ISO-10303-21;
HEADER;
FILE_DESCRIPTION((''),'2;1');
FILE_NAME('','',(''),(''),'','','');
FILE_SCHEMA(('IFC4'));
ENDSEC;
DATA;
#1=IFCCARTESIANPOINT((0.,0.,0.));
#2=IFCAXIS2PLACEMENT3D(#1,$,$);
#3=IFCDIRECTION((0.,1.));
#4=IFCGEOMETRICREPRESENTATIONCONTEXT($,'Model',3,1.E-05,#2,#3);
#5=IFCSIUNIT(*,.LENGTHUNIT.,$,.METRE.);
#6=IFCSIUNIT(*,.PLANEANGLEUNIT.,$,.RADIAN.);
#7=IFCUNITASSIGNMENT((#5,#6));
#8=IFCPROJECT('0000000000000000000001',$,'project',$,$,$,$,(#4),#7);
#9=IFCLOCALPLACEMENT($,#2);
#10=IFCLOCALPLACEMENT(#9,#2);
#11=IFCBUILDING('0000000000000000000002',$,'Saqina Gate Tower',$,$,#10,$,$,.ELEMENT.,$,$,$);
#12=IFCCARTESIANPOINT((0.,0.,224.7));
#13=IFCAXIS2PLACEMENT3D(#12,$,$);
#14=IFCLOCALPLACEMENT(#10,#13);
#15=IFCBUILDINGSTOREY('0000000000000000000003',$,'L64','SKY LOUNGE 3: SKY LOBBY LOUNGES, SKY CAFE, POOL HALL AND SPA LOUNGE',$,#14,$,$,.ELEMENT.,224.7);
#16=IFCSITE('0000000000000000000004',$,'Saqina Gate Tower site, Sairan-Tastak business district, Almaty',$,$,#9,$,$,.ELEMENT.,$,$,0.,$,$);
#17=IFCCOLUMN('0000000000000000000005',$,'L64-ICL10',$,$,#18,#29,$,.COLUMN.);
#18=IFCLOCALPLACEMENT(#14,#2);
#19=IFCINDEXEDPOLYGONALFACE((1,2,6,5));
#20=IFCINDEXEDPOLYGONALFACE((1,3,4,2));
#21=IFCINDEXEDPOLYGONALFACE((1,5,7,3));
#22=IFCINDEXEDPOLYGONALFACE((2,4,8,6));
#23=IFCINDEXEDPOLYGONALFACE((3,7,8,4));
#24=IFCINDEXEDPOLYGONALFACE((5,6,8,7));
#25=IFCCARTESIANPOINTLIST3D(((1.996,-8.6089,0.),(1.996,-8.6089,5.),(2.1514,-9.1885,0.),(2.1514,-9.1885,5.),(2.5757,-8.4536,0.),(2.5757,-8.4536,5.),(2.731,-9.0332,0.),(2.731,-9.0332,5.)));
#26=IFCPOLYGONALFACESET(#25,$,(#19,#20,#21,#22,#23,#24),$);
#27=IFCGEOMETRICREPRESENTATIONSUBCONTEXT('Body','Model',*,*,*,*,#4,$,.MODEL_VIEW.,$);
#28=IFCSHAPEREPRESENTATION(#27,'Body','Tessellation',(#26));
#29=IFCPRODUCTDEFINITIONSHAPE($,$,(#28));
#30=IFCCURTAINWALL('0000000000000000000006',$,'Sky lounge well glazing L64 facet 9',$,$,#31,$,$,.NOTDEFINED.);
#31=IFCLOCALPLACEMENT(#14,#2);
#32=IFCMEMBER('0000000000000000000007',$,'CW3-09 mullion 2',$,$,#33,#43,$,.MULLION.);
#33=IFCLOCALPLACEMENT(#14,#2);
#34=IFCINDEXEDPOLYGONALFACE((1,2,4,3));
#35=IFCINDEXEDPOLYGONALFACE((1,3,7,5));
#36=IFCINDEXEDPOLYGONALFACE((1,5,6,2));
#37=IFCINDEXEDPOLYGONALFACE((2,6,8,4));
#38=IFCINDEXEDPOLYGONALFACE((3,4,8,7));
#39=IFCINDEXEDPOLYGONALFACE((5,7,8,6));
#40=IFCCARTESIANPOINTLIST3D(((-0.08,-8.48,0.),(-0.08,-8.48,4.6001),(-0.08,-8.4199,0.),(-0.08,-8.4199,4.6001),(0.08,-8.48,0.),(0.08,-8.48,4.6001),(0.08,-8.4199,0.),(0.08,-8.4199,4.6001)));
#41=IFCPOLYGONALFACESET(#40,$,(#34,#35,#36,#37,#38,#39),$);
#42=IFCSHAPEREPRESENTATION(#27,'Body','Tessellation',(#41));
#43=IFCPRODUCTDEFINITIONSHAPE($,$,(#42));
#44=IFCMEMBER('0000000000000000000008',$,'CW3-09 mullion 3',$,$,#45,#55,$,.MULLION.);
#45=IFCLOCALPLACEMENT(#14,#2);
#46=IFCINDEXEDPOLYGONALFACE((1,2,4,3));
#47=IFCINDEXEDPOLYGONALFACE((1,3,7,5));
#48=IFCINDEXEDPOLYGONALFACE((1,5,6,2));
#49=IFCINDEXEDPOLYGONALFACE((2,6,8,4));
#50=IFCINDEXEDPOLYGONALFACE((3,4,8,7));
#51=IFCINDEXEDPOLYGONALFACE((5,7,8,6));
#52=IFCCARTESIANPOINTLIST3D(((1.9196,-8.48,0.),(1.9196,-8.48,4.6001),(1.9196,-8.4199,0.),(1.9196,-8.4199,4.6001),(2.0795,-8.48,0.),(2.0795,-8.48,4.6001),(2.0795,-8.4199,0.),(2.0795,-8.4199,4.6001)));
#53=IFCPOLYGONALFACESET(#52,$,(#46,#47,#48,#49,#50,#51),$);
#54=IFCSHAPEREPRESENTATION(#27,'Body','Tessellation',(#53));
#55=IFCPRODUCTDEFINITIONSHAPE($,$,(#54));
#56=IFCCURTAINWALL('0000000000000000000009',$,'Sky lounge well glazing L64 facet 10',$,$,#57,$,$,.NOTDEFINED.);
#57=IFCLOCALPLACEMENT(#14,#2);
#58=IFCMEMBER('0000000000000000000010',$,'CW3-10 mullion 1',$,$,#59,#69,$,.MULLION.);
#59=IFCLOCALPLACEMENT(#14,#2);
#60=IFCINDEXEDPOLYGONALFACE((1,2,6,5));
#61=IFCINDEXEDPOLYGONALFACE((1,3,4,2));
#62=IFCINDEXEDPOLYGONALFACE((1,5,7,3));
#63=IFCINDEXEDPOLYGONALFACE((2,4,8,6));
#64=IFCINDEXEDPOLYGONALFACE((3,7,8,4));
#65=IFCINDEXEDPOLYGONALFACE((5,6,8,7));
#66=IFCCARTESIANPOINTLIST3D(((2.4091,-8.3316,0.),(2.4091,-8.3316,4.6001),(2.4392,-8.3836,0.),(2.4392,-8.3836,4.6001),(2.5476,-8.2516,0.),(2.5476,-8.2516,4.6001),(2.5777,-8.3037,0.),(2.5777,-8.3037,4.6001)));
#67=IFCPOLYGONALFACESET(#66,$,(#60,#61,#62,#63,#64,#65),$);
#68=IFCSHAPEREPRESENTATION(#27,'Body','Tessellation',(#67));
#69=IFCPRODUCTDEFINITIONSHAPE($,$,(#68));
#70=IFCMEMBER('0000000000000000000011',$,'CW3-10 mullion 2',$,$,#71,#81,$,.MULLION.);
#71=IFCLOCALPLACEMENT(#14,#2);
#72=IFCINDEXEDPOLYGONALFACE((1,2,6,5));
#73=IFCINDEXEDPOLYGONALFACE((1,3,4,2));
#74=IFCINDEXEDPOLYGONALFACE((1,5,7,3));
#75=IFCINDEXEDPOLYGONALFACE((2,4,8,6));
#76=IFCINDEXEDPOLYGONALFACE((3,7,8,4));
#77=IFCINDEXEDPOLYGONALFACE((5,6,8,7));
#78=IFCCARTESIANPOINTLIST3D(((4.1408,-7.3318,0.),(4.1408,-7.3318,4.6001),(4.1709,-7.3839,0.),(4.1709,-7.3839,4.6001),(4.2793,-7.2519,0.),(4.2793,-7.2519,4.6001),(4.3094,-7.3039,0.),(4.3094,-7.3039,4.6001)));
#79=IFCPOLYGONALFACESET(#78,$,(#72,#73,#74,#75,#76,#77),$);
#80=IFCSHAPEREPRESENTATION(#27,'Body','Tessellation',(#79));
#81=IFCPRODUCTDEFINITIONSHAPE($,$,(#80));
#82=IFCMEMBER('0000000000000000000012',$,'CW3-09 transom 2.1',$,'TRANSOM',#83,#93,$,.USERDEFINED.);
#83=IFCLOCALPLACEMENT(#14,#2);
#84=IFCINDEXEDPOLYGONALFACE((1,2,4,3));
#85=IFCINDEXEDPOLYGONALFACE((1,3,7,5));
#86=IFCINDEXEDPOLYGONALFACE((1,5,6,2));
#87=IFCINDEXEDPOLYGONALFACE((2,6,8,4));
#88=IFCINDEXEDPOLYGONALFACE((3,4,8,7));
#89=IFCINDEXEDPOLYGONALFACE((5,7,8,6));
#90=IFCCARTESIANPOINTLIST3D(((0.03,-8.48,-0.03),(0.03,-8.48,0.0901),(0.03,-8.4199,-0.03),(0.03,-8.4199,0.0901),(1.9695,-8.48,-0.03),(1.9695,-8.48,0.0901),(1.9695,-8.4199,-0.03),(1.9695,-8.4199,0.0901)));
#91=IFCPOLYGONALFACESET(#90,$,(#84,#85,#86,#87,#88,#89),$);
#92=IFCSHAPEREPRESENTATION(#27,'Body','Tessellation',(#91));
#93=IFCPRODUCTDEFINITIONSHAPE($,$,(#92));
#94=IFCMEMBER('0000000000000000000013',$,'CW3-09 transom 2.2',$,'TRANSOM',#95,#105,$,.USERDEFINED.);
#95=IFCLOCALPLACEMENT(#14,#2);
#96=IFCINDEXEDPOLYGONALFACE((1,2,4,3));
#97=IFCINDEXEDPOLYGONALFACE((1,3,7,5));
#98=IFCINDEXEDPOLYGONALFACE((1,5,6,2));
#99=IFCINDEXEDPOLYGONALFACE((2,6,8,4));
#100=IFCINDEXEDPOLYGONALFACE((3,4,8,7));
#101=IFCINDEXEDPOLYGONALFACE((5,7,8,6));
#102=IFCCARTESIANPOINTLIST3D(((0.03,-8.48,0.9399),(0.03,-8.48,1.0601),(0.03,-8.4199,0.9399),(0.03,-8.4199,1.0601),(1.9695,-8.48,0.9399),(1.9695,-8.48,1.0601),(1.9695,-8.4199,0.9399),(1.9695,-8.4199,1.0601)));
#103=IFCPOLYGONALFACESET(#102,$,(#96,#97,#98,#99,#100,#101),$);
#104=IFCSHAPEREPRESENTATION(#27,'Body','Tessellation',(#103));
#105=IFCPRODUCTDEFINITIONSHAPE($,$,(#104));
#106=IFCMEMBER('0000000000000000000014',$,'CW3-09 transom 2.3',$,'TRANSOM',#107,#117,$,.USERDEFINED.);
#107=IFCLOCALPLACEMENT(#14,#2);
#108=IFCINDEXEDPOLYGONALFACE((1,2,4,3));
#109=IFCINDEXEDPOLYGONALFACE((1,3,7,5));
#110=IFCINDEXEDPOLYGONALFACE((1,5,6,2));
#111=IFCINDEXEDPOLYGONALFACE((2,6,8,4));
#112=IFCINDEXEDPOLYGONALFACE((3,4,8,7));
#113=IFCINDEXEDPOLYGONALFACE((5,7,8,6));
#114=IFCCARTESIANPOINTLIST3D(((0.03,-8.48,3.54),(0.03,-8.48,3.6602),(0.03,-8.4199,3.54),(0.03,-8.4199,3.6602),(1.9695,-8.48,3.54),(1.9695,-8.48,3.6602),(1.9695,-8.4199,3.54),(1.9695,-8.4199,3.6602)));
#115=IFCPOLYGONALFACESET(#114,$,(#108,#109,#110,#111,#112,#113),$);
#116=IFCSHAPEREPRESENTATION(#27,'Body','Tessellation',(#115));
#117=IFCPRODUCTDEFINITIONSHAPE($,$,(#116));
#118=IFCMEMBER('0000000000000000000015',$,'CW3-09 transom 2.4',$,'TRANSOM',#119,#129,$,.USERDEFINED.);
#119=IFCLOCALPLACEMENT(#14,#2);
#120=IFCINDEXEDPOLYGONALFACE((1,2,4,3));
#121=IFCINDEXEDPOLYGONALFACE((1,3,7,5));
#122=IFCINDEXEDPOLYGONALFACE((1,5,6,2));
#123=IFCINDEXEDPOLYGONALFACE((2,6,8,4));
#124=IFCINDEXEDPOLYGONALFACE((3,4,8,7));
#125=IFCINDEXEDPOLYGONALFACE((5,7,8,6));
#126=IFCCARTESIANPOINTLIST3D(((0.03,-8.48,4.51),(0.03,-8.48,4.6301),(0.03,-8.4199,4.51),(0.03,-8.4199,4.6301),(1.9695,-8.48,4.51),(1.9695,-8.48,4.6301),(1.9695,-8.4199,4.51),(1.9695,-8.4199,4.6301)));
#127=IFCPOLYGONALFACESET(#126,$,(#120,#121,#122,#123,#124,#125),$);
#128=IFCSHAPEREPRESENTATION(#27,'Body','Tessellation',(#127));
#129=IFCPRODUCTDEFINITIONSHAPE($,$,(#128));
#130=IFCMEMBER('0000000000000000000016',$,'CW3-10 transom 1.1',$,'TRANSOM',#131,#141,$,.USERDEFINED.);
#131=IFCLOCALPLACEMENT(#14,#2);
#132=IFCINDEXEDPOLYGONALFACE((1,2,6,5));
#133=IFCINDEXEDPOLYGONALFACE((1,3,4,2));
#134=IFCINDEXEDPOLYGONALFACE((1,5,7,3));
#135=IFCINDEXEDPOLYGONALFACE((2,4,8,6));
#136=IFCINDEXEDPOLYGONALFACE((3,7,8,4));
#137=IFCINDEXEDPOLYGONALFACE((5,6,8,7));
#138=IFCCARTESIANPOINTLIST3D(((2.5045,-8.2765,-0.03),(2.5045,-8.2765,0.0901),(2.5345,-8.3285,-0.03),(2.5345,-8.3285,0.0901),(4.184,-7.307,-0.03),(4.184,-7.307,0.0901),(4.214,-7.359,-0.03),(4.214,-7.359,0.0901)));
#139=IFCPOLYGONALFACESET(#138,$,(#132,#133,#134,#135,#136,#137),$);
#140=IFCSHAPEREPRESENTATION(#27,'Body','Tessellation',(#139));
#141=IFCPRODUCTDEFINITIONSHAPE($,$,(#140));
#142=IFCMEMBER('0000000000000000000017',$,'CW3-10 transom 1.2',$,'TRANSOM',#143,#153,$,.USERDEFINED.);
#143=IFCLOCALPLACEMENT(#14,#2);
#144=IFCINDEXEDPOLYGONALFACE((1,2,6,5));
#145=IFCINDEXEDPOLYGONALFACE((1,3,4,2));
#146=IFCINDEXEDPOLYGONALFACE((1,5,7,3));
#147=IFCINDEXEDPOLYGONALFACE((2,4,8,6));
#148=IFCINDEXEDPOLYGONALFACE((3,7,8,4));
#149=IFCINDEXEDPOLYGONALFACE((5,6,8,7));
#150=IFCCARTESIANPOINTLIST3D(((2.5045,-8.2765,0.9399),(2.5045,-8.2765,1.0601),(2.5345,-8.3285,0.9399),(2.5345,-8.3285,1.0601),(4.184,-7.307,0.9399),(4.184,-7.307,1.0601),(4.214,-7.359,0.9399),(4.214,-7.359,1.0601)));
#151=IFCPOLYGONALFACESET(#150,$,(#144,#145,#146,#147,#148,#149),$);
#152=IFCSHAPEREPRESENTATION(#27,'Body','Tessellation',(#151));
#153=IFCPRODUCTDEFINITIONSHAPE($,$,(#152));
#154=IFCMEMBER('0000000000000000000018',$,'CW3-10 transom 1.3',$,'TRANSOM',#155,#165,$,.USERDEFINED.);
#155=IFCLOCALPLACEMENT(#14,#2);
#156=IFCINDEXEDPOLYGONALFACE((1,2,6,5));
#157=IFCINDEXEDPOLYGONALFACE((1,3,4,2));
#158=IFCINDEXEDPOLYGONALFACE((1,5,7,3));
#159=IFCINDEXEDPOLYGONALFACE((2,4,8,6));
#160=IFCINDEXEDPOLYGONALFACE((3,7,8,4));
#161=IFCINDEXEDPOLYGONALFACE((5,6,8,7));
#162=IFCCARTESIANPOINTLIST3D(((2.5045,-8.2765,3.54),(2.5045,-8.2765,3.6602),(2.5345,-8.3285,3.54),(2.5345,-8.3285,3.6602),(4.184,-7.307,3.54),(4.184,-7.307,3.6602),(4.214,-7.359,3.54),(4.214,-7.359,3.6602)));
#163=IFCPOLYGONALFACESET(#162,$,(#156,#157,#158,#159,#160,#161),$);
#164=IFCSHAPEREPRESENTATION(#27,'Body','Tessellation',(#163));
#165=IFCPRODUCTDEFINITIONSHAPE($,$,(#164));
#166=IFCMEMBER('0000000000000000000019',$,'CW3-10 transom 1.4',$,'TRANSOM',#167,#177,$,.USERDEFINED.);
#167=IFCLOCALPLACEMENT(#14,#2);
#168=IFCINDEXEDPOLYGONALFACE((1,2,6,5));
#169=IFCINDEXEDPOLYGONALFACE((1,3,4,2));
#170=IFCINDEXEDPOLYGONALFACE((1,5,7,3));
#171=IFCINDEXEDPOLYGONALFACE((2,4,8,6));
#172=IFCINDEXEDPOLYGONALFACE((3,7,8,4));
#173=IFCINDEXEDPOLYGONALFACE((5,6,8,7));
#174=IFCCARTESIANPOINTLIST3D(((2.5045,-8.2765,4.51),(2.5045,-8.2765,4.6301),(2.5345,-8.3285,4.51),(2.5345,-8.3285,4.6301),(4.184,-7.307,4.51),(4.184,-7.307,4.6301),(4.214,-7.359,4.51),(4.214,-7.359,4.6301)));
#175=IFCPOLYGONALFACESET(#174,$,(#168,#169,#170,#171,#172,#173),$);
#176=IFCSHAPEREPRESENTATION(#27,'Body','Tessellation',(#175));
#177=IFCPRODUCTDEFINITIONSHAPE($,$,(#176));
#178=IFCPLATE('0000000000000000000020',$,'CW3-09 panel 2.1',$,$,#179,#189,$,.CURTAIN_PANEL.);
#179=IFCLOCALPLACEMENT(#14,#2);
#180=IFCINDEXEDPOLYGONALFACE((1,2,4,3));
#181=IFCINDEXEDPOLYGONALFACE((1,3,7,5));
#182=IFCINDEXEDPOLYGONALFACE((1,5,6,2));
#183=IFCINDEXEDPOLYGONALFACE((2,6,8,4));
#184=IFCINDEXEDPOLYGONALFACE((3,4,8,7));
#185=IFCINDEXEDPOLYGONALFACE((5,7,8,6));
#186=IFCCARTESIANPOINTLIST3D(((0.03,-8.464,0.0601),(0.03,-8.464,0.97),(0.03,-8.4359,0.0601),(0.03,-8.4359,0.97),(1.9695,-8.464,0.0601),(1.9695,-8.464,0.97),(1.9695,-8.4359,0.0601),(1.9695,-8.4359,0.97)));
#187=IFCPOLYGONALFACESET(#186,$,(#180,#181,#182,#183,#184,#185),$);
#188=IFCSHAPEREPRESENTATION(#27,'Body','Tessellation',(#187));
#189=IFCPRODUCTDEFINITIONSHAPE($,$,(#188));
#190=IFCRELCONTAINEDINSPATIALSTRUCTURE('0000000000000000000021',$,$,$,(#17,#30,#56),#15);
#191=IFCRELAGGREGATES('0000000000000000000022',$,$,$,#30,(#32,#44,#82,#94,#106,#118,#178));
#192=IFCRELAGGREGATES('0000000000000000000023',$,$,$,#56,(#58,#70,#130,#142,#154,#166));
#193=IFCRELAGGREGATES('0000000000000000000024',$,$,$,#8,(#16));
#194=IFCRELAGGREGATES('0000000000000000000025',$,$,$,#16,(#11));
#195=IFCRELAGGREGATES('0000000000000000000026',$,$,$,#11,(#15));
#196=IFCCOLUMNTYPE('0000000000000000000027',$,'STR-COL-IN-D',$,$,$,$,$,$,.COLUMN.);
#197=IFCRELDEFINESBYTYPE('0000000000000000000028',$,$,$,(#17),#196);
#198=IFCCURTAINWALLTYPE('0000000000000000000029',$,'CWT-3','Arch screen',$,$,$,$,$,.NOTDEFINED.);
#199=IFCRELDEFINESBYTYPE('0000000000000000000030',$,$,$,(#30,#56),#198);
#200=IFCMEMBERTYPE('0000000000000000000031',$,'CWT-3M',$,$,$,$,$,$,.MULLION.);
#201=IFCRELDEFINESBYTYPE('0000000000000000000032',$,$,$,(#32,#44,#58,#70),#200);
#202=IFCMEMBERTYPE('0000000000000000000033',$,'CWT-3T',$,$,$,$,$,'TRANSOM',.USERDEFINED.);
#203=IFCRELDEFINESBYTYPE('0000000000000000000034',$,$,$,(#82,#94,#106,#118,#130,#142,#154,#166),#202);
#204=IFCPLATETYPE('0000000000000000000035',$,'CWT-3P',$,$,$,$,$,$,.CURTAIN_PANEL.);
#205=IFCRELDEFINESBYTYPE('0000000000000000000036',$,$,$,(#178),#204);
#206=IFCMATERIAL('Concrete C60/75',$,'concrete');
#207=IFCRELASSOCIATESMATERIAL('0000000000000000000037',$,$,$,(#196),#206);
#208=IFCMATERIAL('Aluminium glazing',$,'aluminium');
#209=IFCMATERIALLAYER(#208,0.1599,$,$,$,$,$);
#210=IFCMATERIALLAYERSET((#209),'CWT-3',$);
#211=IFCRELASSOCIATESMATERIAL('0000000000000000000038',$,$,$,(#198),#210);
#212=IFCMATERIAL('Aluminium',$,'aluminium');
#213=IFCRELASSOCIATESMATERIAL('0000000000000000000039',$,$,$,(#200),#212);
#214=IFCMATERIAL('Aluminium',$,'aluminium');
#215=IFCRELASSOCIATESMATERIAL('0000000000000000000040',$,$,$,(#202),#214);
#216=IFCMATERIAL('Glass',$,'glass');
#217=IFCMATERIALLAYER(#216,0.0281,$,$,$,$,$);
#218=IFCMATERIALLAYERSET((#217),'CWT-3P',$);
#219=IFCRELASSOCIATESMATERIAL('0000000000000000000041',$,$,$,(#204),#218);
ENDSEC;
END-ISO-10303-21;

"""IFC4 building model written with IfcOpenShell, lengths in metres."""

from ifc_helpers import new_model, si_unit, direction, frame, origin, origin_2d, place, context, subcontext, project, spatial, rectangle, extrude, material, layer, layer_set, material_profile, profile_set, type_object, element, aggregate, save


model = new_model("IFC4")

# Units and contexts
model_context = context("Model", 3, precision=1e-05, world=origin(), true_north=direction((0.0, 1.0)))
body_context = subcontext(model_context, "Body", "Model", "MODEL_VIEW")
ifc_project = project(units=[si_unit("LENGTHUNIT", "METRE"), si_unit("PLANEANGLEUNIT", "RADIAN")], contexts=[model_context])

# Site, building, storey
site_placement = place(None, origin())
site = spatial("IfcSite", under=ifc_project, at=site_placement, Name="Saqina Gate Tower site, Sairan-Tastak business district, Almaty", CompositionType="ELEMENT", RefElevation=0.0)
building_placement = place(site_placement, origin())
building = spatial("IfcBuilding", under=site, at=building_placement, Name="Saqina Gate Tower", CompositionType="ELEMENT")
storey_placement = place(building_placement, frame((0.0, 0.0, 224.7)))
storey = spatial("IfcBuildingStorey", under=building, at=storey_placement, Name="L64", Description="SKY LOUNGE 3: SKY LOBBY LOUNGES, SKY CAFE, POOL HALL AND SPA LOUNGE", CompositionType="ELEMENT", Elevation=224.7)

# Column
ifc_material_1 = material(Name="Concrete C60/75", Category="concrete")
ifc_material_profile_1 = material_profile(ifc_material_1, rectangle(XDim=0.6001, YDim=0.6001, at=origin_2d()), Name="RC 600x600")
ifc_profile_set_1 = profile_set([ifc_material_profile_1], Name="Concrete C60/75")
column_type = type_object("IfcColumnType", Name="STR-COL-IN-D", PredefinedType="COLUMN", material=ifc_profile_set_1)
column_placement = place(storey_placement, frame((2.3635, -8.821, 0.0), z_axis=(0.0, 0.0, 1.0), x_axis=(0.258819, -0.965926, 0.0)))
element("IfcColumn", 1, at=column_placement, inside=storey, type_object=column_type, Name="L64-ICL10", PredefinedType="COLUMN", context=body_context, shape_type="SweptSolid", body=[
    extrude(rectangle(XDim=0.6001, YDim=0.6001, at=origin_2d()), origin(), (0.0, 0.0, 1.0), 5.0),
])

# Curtain walls, members
ifc_material_2 = material(Name="Aluminium glazing", Category="aluminium")
ifc_layer_1 = layer(ifc_material_2, 0.1599)
ifc_layer_set_1 = layer_set([ifc_layer_1], Name="CWT-3")
curtain_wall_type = type_object("IfcCurtainWallType", Name="CWT-3", Description="Arch screen", PredefinedType="NOTDEFINED", material=ifc_layer_set_1)
curtain_wall_1_placement = place(storey_placement, origin())
curtain_wall_1 = element("IfcCurtainWall", 2, at=curtain_wall_1_placement, inside=storey, type_object=curtain_wall_type, Name="Sky lounge well glazing L64 facet 9", PredefinedType="NOTDEFINED")
ifc_material_3 = material(Name="Aluminium", Category="aluminium")
ifc_material_profile_2 = material_profile(ifc_material_3, rectangle(XDim=0.0601, YDim=0.1599, at=origin_2d()), Name="Aluminium 60x160")
ifc_profile_set_2 = profile_set([ifc_material_profile_2], Name="Aluminium")
member_type_1 = type_object("IfcMemberType", Name="CWT-3M", PredefinedType="MULLION", material=ifc_profile_set_2)
member_1_placement = place(storey_placement, frame((0.0, -8.45, 0.0), z_axis=(0.0, 0.0, 1.0), x_axis=(0.0, 1.0, 0.0)))
member_1 = element("IfcMember", 3, at=member_1_placement, type_object=member_type_1, Name="CW3-09 mullion 2", PredefinedType="MULLION", context=body_context, shape_type="SweptSolid", body=[
    extrude(rectangle(XDim=0.0601, YDim=0.1599, at=origin_2d()), origin(), (0.0, 0.0, 1.0), 4.6001),
])
member_2_placement = place(storey_placement, frame((1.9995, -8.45, 0.0), z_axis=(0.0, 0.0, 1.0), x_axis=(0.0, 1.0, 0.0)))
member_2 = element("IfcMember", 4, at=member_2_placement, type_object=member_type_1, Name="CW3-09 mullion 3", PredefinedType="MULLION", context=body_context, shape_type="SweptSolid", body=[
    extrude(rectangle(XDim=0.0601, YDim=0.1599, at=origin_2d()), origin(), (0.0, 0.0, 1.0), 4.6001),
])
curtain_wall_2_placement = place(storey_placement, origin())
curtain_wall_2 = element("IfcCurtainWall", 5, at=curtain_wall_2_placement, inside=storey, type_object=curtain_wall_type, Name="Sky lounge well glazing L64 facet 10", PredefinedType="NOTDEFINED")
member_3_placement = place(storey_placement, frame((2.4934, -8.3176, 0.0), z_axis=(0.0, 0.0, 1.0), x_axis=(-0.500003, 0.866024, 0.0)))
member_3 = element("IfcMember", 6, at=member_3_placement, type_object=member_type_1, Name="CW3-10 mullion 1", PredefinedType="MULLION", context=body_context, shape_type="SweptSolid", body=[
    extrude(rectangle(XDim=0.0601, YDim=0.1599, at=origin_2d()), origin(), (0.0, 0.0, 1.0), 4.6001),
])
member_4_placement = place(storey_placement, frame((4.2251, -7.3179, 0.0), z_axis=(0.0, 0.0, 1.0), x_axis=(-0.500003, 0.866024, 0.0)))
member_4 = element("IfcMember", 7, at=member_4_placement, type_object=member_type_1, Name="CW3-10 mullion 2", PredefinedType="MULLION", context=body_context, shape_type="SweptSolid", body=[
    extrude(rectangle(XDim=0.0601, YDim=0.1599, at=origin_2d()), origin(), (0.0, 0.0, 1.0), 4.6001),
])

# Members
ifc_material_4 = material(Name="Aluminium", Category="aluminium")
ifc_material_profile_3 = material_profile(ifc_material_4, rectangle(XDim=0.0601, YDim=0.1201, at=origin_2d()), Name="Aluminium 60x120")
ifc_profile_set_3 = profile_set([ifc_material_profile_3], Name="Aluminium")
member_type_2 = type_object("IfcMemberType", Name="CWT-3T", ElementType="TRANSOM", PredefinedType="USERDEFINED", material=ifc_profile_set_3)
member_5_placement = place(storey_placement, frame((0.03, -8.45, 0.03), z_axis=(1.0, 0.0, 0.0), x_axis=(0.0, 1.0, 0.0)))
member_5 = element("IfcMember", 8, at=member_5_placement, type_object=member_type_2, Name="CW3-09 transom 2.1", ObjectType="TRANSOM", PredefinedType="USERDEFINED", context=body_context, shape_type="SweptSolid", body=[
    extrude(rectangle(XDim=0.0601, YDim=0.1201, at=origin_2d()), origin(), (0.0, 0.0, 1.0), 1.9395),
])
member_6_placement = place(storey_placement, frame((0.03, -8.45, 1.0), z_axis=(1.0, 0.0, 0.0), x_axis=(0.0, 1.0, 0.0)))
member_6 = element("IfcMember", 9, at=member_6_placement, type_object=member_type_2, Name="CW3-09 transom 2.2", ObjectType="TRANSOM", PredefinedType="USERDEFINED", context=body_context, shape_type="SweptSolid", body=[
    extrude(rectangle(XDim=0.0601, YDim=0.1201, at=origin_2d()), origin(), (0.0, 0.0, 1.0), 1.9395),
])
member_7_placement = place(storey_placement, frame((0.03, -8.45, 3.6001), z_axis=(1.0, 0.0, 0.0), x_axis=(0.0, 1.0, 0.0)))
member_7 = element("IfcMember", 10, at=member_7_placement, type_object=member_type_2, Name="CW3-09 transom 2.3", ObjectType="TRANSOM", PredefinedType="USERDEFINED", context=body_context, shape_type="SweptSolid", body=[
    extrude(rectangle(XDim=0.0601, YDim=0.1201, at=origin_2d()), origin(), (0.0, 0.0, 1.0), 1.9395),
])
member_8_placement = place(storey_placement, frame((0.03, -8.45, 4.5701), z_axis=(1.0, 0.0, 0.0), x_axis=(0.0, 1.0, 0.0)))
member_8 = element("IfcMember", 11, at=member_8_placement, type_object=member_type_2, Name="CW3-09 transom 2.4", ObjectType="TRANSOM", PredefinedType="USERDEFINED", context=body_context, shape_type="SweptSolid", body=[
    extrude(rectangle(XDim=0.0601, YDim=0.1201, at=origin_2d()), origin(), (0.0, 0.0, 1.0), 1.9395),
])
member_9_placement = place(storey_placement, frame((2.5195, -8.3025, 0.03), z_axis=(0.866058, 0.499944, 0.0), x_axis=(-0.499944, 0.866058, 0.0)))
member_9 = element("IfcMember", 12, at=member_9_placement, type_object=member_type_2, Name="CW3-10 transom 1.1", ObjectType="TRANSOM", PredefinedType="USERDEFINED", context=body_context, shape_type="SweptSolid", body=[
    extrude(rectangle(XDim=0.0601, YDim=0.1201, at=origin_2d()), origin(), (0.0, 0.0, 1.0), 1.9392),
])
member_10_placement = place(storey_placement, frame((2.5195, -8.3025, 1.0), z_axis=(0.866058, 0.499944, 0.0), x_axis=(-0.499944, 0.866058, 0.0)))
member_10 = element("IfcMember", 13, at=member_10_placement, type_object=member_type_2, Name="CW3-10 transom 1.2", ObjectType="TRANSOM", PredefinedType="USERDEFINED", context=body_context, shape_type="SweptSolid", body=[
    extrude(rectangle(XDim=0.0601, YDim=0.1201, at=origin_2d()), origin(), (0.0, 0.0, 1.0), 1.9392),
])
member_11_placement = place(storey_placement, frame((2.5195, -8.3025, 3.6001), z_axis=(0.866058, 0.499944, 0.0), x_axis=(-0.499944, 0.866058, 0.0)))
member_11 = element("IfcMember", 14, at=member_11_placement, type_object=member_type_2, Name="CW3-10 transom 1.3", ObjectType="TRANSOM", PredefinedType="USERDEFINED", context=body_context, shape_type="SweptSolid", body=[
    extrude(rectangle(XDim=0.0601, YDim=0.1201, at=origin_2d()), origin(), (0.0, 0.0, 1.0), 1.9392),
])
member_12_placement = place(storey_placement, frame((2.5195, -8.3025, 4.5701), z_axis=(0.866058, 0.499944, 0.0), x_axis=(-0.499944, 0.866058, 0.0)))
member_12 = element("IfcMember", 15, at=member_12_placement, type_object=member_type_2, Name="CW3-10 transom 1.4", ObjectType="TRANSOM", PredefinedType="USERDEFINED", context=body_context, shape_type="SweptSolid", body=[
    extrude(rectangle(XDim=0.0601, YDim=0.1201, at=origin_2d()), origin(), (0.0, 0.0, 1.0), 1.9392),
])

# Plate
ifc_material_5 = material(Name="Glass", Category="glass")
ifc_layer_2 = layer(ifc_material_5, 0.0281)
ifc_layer_set_2 = layer_set([ifc_layer_2], Name="CWT-3P")
plate_type = type_object("IfcPlateType", Name="CWT-3P", PredefinedType="CURTAIN_PANEL", material=ifc_layer_set_2)
plate_1_placement = place(storey_placement, frame((0.9998, -8.45, 0.0601), z_axis=(0.0, 0.0, 1.0), x_axis=(1.0, 0.0, 0.0)))
plate_1 = element("IfcPlate", 16, at=plate_1_placement, type_object=plate_type, Name="CW3-09 panel 2.1", PredefinedType="CURTAIN_PANEL", context=body_context, shape_type="SweptSolid", body=[
    extrude(rectangle(XDim=1.9395, YDim=0.0281, at=origin_2d()), origin(), (0.0, 0.0, 1.0), 0.9099),
])
aggregate(curtain_wall_1, [member_1, member_2, member_5, member_6, member_7, member_8, plate_1])
aggregate(curtain_wall_2, [member_3, member_4, member_9, member_10, member_11, member_12])

save(model, "model.ifc")
